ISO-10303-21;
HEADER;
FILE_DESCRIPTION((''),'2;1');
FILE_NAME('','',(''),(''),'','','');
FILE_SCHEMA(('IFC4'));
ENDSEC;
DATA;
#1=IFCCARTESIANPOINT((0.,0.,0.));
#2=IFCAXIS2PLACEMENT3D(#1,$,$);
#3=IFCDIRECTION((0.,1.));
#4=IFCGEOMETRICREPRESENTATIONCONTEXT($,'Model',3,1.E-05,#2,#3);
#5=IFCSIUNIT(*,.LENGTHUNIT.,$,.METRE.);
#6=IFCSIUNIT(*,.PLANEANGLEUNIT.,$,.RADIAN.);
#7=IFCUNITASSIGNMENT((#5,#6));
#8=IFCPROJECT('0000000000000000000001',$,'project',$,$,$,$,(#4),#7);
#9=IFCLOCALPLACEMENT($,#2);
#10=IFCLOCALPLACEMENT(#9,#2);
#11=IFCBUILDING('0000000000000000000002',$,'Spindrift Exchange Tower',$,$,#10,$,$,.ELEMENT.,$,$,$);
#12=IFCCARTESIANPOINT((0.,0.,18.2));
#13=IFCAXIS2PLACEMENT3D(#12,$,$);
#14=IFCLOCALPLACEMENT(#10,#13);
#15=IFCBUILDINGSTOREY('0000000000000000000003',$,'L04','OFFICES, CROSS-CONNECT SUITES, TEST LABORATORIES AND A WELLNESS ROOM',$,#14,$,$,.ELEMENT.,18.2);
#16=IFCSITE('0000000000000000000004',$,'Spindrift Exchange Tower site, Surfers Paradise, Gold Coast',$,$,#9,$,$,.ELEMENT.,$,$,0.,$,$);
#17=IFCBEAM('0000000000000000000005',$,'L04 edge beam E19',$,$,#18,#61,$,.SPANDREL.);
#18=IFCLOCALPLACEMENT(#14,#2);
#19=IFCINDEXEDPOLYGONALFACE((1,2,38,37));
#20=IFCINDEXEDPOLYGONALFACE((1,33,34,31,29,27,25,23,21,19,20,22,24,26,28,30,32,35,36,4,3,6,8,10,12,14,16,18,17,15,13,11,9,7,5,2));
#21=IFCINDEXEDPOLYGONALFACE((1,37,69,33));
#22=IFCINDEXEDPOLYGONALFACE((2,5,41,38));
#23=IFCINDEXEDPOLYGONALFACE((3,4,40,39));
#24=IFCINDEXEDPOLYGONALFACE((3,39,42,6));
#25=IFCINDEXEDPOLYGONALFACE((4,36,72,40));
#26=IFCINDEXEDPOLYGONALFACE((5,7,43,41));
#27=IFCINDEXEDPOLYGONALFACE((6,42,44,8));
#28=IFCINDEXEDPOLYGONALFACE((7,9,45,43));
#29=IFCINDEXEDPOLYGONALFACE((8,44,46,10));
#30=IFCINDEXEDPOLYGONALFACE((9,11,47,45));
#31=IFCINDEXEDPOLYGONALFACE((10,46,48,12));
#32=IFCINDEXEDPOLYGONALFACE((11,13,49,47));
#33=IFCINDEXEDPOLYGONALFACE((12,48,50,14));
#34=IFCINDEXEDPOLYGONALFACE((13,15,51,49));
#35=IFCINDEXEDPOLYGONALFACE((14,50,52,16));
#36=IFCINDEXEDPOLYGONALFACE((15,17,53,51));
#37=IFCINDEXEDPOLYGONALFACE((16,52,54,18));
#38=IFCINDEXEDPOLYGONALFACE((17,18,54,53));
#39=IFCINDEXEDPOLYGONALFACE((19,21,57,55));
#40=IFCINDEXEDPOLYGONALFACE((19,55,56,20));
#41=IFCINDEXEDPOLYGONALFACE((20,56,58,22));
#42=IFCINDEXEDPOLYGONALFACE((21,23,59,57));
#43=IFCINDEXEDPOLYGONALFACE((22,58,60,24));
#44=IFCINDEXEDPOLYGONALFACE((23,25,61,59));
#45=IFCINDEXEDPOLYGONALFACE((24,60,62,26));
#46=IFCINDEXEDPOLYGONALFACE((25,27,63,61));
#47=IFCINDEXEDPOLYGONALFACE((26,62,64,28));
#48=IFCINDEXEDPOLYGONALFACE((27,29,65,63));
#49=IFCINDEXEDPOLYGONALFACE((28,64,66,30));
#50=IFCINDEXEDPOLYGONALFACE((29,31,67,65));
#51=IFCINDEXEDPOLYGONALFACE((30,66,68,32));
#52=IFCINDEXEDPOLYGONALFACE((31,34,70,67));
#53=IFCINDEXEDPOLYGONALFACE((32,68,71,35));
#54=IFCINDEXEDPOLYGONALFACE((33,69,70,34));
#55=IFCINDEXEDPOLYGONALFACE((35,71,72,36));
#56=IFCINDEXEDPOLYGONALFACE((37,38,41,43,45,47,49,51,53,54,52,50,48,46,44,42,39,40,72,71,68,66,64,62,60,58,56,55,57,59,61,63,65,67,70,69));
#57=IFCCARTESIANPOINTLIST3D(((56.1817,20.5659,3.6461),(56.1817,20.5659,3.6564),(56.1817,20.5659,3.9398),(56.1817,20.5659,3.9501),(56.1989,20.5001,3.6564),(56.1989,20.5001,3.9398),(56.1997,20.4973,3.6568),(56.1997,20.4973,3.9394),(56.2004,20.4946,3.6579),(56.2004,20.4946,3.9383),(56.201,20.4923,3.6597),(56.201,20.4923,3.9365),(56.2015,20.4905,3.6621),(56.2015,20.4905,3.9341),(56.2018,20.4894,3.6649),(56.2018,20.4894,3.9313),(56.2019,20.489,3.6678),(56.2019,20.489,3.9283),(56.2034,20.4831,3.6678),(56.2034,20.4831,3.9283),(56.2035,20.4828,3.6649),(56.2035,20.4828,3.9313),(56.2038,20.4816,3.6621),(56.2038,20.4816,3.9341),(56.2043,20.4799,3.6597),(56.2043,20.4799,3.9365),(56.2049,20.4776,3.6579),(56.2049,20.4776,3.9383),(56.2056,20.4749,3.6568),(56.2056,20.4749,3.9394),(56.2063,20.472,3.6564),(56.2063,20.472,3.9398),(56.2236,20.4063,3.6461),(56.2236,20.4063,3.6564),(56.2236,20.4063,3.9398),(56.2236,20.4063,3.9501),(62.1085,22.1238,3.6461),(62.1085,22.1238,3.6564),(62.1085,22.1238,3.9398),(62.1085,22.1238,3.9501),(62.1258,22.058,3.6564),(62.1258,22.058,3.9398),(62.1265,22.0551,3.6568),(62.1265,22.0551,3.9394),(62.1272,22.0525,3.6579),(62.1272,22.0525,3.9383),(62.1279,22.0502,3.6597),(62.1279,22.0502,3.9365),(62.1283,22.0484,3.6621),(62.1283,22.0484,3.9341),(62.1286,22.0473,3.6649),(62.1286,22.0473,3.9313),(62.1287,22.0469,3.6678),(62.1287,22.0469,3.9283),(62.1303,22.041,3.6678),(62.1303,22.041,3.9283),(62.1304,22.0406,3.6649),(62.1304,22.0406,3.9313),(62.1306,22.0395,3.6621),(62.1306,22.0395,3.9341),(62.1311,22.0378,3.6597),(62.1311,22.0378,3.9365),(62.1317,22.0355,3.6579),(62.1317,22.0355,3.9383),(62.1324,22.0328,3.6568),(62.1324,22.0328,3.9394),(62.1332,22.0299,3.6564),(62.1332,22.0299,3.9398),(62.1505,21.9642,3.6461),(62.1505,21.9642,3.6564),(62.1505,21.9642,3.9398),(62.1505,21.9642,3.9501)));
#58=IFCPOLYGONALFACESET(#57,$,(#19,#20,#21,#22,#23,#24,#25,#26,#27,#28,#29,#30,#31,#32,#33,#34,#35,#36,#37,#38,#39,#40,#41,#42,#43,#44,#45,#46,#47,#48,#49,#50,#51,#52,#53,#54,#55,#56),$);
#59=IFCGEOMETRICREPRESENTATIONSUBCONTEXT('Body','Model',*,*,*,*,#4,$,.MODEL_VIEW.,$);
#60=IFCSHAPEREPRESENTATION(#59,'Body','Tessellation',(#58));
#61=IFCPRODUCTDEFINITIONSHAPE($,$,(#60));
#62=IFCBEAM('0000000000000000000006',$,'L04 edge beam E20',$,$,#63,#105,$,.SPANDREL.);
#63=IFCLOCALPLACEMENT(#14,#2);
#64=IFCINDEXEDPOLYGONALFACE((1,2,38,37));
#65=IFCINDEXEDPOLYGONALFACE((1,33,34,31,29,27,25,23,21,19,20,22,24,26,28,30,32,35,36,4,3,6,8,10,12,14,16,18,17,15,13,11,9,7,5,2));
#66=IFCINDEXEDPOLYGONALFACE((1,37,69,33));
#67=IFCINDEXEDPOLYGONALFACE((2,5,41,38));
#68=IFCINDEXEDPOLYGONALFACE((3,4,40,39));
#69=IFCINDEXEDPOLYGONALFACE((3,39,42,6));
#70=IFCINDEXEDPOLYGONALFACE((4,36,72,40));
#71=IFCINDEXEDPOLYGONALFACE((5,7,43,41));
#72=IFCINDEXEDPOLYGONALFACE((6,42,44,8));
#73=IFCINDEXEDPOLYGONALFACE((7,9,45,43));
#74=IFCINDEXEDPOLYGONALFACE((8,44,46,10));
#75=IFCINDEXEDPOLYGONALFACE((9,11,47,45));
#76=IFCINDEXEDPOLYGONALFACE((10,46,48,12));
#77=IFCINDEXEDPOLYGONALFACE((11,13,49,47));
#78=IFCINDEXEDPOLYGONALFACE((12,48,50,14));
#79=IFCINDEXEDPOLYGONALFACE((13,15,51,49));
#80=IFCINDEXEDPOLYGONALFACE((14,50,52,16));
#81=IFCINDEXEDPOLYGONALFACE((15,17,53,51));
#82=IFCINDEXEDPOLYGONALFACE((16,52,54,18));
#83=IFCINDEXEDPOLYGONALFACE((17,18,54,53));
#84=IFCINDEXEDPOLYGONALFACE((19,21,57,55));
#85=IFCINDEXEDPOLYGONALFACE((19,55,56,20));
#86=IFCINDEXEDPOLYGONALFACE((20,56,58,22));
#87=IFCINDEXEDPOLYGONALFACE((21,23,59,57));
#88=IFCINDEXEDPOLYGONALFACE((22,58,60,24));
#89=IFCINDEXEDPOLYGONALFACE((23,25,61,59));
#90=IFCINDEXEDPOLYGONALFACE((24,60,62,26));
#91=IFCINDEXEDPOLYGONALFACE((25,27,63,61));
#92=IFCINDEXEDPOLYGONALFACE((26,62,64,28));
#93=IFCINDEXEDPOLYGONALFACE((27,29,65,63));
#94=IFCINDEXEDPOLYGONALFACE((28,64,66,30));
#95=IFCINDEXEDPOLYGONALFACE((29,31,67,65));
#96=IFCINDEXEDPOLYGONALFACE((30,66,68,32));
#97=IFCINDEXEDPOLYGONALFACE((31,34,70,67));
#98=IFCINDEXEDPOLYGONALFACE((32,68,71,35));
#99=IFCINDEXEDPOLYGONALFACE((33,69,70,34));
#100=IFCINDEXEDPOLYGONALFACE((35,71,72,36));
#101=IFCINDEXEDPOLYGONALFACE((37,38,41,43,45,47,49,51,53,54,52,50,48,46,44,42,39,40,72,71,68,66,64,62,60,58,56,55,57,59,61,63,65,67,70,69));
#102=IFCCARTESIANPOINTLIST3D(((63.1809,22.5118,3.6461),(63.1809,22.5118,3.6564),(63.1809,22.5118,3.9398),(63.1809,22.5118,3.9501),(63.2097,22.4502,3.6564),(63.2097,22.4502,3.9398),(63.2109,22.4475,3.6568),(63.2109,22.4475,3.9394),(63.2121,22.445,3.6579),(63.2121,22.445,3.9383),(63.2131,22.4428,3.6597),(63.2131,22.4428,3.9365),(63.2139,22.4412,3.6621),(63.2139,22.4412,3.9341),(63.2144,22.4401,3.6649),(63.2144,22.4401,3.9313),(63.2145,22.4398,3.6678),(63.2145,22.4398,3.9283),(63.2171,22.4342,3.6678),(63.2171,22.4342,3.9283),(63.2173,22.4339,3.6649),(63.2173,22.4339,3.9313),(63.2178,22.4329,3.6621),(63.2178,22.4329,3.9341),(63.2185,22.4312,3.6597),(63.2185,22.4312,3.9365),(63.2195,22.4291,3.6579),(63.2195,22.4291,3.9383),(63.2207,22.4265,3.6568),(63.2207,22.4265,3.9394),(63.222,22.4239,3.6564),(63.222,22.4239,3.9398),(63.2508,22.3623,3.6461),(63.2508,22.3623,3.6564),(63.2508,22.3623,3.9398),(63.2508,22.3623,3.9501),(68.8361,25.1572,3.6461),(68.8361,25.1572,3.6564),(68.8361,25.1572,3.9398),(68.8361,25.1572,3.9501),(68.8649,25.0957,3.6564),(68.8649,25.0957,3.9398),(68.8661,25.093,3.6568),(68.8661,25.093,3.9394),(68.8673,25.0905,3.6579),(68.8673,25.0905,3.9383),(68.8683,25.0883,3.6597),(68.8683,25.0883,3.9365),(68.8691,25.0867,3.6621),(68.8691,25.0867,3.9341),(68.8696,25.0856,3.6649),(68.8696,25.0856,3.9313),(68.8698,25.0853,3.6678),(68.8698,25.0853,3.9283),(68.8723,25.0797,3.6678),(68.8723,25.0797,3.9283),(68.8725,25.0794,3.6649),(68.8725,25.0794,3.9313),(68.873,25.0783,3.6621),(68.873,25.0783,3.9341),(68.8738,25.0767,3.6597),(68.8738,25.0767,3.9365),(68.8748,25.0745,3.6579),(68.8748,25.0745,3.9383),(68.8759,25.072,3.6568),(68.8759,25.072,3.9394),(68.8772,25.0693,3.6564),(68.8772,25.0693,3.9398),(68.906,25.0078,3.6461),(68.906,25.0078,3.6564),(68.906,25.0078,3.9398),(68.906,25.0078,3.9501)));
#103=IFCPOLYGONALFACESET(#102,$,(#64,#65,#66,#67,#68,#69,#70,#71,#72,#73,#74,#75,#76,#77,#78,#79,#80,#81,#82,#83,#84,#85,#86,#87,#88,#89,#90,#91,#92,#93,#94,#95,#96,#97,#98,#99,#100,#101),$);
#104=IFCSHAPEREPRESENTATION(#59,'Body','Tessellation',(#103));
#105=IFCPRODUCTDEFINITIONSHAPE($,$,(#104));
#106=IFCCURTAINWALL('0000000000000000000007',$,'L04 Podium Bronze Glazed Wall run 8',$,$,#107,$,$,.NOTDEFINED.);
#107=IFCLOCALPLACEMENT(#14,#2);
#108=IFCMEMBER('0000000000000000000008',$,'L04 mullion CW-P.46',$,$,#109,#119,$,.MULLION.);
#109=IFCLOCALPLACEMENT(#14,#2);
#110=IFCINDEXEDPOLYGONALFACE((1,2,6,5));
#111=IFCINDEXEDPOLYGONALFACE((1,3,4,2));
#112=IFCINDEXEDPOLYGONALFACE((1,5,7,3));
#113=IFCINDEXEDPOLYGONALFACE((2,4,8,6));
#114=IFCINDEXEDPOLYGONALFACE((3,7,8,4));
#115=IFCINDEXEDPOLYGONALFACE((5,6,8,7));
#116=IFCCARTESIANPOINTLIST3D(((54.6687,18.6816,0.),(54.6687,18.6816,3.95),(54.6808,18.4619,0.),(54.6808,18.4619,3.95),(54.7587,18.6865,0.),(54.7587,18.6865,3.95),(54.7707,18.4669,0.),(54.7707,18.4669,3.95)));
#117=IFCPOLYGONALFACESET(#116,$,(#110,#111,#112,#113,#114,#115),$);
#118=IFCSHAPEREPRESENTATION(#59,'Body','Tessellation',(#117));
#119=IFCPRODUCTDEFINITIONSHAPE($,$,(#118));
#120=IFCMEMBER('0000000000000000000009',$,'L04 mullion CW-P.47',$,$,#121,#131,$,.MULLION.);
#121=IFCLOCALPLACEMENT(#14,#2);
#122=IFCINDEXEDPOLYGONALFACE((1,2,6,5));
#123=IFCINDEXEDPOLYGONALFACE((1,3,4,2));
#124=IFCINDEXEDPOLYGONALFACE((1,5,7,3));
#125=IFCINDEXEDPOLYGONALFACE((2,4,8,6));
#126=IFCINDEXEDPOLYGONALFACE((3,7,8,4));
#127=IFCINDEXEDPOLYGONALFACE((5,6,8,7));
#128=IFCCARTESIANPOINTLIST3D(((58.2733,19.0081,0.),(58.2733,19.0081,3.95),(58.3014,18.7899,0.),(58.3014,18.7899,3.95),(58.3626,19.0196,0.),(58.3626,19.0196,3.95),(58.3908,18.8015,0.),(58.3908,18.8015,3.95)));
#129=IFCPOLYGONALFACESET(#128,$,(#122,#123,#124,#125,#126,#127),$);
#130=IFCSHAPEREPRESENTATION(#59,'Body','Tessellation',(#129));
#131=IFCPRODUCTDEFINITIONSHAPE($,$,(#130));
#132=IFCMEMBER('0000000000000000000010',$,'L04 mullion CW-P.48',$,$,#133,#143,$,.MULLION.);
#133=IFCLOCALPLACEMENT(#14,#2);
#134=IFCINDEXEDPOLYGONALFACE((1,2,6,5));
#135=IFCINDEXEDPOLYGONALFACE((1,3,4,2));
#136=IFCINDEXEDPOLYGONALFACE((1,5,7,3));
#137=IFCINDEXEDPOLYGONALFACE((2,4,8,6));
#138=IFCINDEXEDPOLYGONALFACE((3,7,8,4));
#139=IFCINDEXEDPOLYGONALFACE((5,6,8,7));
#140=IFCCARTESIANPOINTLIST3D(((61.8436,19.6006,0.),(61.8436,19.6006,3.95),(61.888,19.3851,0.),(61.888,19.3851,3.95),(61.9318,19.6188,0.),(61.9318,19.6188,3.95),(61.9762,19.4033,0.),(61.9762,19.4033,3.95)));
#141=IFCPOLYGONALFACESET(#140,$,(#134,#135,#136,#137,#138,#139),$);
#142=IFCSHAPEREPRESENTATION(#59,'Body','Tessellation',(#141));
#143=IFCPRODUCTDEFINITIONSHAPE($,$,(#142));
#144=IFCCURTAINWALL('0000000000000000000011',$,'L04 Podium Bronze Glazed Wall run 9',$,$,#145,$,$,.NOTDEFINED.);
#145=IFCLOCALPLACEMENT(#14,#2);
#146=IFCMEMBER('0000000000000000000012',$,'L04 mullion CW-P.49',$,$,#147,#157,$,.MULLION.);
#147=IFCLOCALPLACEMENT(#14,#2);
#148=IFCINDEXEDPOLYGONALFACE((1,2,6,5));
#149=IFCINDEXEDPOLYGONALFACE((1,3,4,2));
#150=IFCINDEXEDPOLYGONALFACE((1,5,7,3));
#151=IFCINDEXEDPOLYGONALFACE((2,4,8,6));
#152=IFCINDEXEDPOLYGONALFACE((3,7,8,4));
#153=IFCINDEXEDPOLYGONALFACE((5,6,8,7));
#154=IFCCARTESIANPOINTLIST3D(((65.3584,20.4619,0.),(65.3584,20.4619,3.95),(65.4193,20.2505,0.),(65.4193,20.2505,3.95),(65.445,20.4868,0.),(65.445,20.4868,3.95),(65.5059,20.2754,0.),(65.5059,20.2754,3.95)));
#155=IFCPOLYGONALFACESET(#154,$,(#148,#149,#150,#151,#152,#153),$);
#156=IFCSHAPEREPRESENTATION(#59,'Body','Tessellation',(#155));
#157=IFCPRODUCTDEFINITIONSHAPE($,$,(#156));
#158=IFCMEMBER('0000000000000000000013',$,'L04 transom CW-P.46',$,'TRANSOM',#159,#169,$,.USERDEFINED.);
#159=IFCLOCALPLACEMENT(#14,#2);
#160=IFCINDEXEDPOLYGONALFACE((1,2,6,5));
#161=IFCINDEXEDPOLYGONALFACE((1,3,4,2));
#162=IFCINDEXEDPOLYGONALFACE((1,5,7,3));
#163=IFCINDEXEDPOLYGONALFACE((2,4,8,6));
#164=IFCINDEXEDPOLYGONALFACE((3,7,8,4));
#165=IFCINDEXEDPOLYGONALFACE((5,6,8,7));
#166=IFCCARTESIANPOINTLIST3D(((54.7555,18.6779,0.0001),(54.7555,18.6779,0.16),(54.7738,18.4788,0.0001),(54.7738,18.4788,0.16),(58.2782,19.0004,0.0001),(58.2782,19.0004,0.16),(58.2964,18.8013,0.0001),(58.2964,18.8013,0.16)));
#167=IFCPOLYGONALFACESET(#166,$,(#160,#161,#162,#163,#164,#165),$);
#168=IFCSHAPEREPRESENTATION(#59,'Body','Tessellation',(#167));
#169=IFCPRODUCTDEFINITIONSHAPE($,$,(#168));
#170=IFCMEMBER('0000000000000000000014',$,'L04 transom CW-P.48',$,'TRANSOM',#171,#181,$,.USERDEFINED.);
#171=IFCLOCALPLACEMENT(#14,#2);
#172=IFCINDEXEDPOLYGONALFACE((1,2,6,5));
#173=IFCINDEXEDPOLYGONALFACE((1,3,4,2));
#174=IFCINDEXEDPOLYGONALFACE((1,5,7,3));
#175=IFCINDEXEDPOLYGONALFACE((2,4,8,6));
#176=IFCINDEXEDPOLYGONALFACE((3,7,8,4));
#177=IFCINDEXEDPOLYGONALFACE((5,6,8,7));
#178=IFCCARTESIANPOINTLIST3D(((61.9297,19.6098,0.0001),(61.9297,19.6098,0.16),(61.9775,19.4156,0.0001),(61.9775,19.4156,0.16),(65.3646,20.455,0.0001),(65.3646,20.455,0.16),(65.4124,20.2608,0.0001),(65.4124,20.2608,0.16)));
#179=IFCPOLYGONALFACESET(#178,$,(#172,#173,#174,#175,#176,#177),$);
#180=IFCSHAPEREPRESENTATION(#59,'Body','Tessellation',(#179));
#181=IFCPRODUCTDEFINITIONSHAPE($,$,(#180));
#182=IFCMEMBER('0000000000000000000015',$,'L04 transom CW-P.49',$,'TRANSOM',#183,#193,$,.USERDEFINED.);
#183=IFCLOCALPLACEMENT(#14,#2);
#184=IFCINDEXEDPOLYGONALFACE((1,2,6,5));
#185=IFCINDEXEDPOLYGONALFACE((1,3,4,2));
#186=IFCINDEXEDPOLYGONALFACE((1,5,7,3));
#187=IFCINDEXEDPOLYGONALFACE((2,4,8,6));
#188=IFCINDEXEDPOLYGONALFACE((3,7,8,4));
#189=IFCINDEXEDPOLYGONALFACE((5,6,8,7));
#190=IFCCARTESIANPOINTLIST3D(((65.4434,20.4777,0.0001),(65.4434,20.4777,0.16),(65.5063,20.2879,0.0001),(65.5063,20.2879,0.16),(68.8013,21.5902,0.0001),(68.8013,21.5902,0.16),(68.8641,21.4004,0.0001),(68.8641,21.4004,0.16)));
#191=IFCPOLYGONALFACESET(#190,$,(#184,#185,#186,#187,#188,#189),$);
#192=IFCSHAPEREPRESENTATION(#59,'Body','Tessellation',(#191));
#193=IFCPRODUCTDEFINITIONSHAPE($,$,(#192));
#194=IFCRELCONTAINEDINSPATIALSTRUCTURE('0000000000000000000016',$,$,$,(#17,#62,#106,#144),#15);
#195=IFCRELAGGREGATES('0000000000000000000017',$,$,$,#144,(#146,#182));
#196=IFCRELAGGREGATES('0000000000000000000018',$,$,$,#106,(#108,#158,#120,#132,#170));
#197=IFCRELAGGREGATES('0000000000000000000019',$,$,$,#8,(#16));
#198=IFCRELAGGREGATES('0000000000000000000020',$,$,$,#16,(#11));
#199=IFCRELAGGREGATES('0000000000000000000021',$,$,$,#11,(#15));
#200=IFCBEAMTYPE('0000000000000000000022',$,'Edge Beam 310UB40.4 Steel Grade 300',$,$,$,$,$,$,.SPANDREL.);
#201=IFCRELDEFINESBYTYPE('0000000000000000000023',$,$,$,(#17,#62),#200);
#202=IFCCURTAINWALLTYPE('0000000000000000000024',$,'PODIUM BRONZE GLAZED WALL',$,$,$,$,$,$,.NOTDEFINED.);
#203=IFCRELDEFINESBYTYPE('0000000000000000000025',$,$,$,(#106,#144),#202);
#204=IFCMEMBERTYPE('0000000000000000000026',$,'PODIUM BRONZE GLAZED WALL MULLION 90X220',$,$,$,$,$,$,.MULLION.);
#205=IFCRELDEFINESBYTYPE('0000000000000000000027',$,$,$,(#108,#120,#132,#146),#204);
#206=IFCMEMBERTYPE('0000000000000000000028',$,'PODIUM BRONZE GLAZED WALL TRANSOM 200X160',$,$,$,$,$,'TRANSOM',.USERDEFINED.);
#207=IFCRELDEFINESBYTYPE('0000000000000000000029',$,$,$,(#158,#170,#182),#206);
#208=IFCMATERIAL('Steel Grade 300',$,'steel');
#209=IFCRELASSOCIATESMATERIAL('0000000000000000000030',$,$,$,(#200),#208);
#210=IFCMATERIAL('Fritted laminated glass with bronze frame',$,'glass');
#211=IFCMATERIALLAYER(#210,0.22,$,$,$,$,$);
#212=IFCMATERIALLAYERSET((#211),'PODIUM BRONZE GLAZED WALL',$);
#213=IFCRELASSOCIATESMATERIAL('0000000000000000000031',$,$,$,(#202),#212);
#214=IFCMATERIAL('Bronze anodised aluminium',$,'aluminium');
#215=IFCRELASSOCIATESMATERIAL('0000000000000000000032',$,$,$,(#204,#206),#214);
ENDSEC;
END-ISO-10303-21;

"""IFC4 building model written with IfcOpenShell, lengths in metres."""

from ifc_helpers import new_model, si_unit, direction, frame, origin, origin_2d, place, context, subcontext, project, spatial, rectangle, i_section, extrude, source, transform, mapped, material, layer, layer_set, material_profile, profile_set, type_object, element, aggregate, save


model = new_model("IFC4")

# Units and contexts
model_context = context("Model", 3, precision=1e-05, world=origin(), true_north=direction((0.0, 1.0)))
body_context = subcontext(model_context, "Body", "Model", "MODEL_VIEW")
ifc_project = project(units=[si_unit("LENGTHUNIT", "METRE"), si_unit("PLANEANGLEUNIT", "RADIAN")], contexts=[model_context])

# Site, building, storey
site_placement = place(None, origin())
site = spatial("IfcSite", under=ifc_project, at=site_placement, Name="Spindrift Exchange Tower site, Surfers Paradise, Gold Coast", CompositionType="ELEMENT", RefElevation=0.0)
building_placement = place(site_placement, origin())
building = spatial("IfcBuilding", under=site, at=building_placement, Name="Spindrift Exchange Tower", CompositionType="ELEMENT")
storey_placement = place(building_placement, frame((0.0, 0.0, 18.2)))
storey = spatial("IfcBuildingStorey", under=building, at=storey_placement, Name="L04", Description="OFFICES, CROSS-CONNECT SUITES, TEST LABORATORIES AND A WELLNESS ROOM", CompositionType="ELEMENT", Elevation=18.2)

# Beams
ifc_material_1 = material(Name="Steel Grade 300", Category="steel")
ifc_material_profile_1 = material_profile(ifc_material_1, i_section(OverallWidth=0.165, OverallDepth=0.304, WebThickness=0.0061, FlangeThickness=0.0103, FilletRadius=0.0115, at=origin_2d()), Name="310UB40.4")
ifc_profile_set_1 = profile_set([ifc_material_profile_1], Name="Steel Grade 300")
beam_type_1 = type_object("IfcBeamType", Name="Edge Beam 310UB40.4 Steel Grade 300", PredefinedType="SPANDREL", material=ifc_profile_set_1)
shared_shape_1 = source(origin(), body_context, "Body", "SweptSolid", [
    extrude(i_section(OverallWidth=0.165, OverallDepth=0.304, WebThickness=0.0061, FlangeThickness=0.0103, FilletRadius=0.0115, at=origin_2d()), origin(), (0.0, 0.0, 1.0), 6.1282),
])
beam_1_placement = place(storey_placement, frame((56.2026, 20.4861, 3.7981), z_axis=(0.967147, 0.254217, 0.0), x_axis=(-0.254217, 0.967147, 0.0)))
element("IfcBeam", 1, at=beam_1_placement, inside=storey, type_object=beam_type_1, Name="L04 edge beam E19", PredefinedType="SPANDREL", context=body_context, shape_type="MappedRepresentation", body=[
    mapped(shared_shape_1, transform((0.0, 0.0, 0.0), scale=1.0)),
])
shared_shape_2 = source(origin(), body_context, "Body", "SweptSolid", [
    extrude(i_section(OverallWidth=0.165, OverallDepth=0.304, WebThickness=0.0061, FlangeThickness=0.0103, FilletRadius=0.0115, at=origin_2d()), origin(), (0.0, 0.0, 1.0), 6.2434),
])
beam_2_placement = place(storey_placement, frame((63.2158, 22.437, 3.7981), z_axis=(0.905791, 0.423724, 0.0), x_axis=(-0.423724, 0.905791, 0.0)))
element("IfcBeam", 2, at=beam_2_placement, inside=storey, type_object=beam_type_1, Name="L04 edge beam E20", PredefinedType="SPANDREL", context=body_context, shape_type="MappedRepresentation", body=[
    mapped(shared_shape_2, transform((0.0, 0.0, 0.0), scale=1.0)),
])

# Curtain wall, members
ifc_material_2 = material(Name="Fritted laminated glass with bronze frame", Category="glass")
ifc_layer_1 = layer(ifc_material_2, 0.22)
ifc_layer_set_1 = layer_set([ifc_layer_1], Name="PODIUM BRONZE GLAZED WALL")
curtain_wall_type = type_object("IfcCurtainWallType", Name="PODIUM BRONZE GLAZED WALL", PredefinedType="NOTDEFINED", material=ifc_layer_set_1)
curtain_wall_1_placement = place(storey_placement, origin())
curtain_wall_1 = element("IfcCurtainWall", 3, at=curtain_wall_1_placement, inside=storey, type_object=curtain_wall_type, Name="L04 Podium Bronze Glazed Wall run 8", PredefinedType="NOTDEFINED")
ifc_material_3 = material(Name="Bronze anodised aluminium", Category="aluminium")
ifc_material_profile_2 = material_profile(ifc_material_3, rectangle(XDim=0.0901, YDim=0.22, at=origin_2d()), Name="PODIUM BRONZE GLAZED WALL MULLION 90X220")
ifc_profile_set_2 = profile_set([ifc_material_profile_2], Name="Bronze anodised aluminium")
member_type_1 = type_object("IfcMemberType", Name="PODIUM BRONZE GLAZED WALL MULLION 90X220", PredefinedType="MULLION", material=ifc_profile_set_2)
shared_shape_3 = source(origin(), body_context, "Body", "SweptSolid", [
    extrude(rectangle(XDim=0.0901, YDim=0.22, at=origin_2d()), origin(), (0.0, 0.0, 1.0), 3.95),
])
member_1_placement = place(storey_placement, frame((54.7197, 18.5742, 0.0), z_axis=(0.0, 0.0, 1.0), x_axis=(0.998503, 0.054704, 0.0)))
member_1 = element("IfcMember", 4, at=member_1_placement, type_object=member_type_1, Name="L04 mullion CW-P.46", PredefinedType="MULLION", context=body_context, shape_type="MappedRepresentation", body=[
    mapped(shared_shape_3, transform((0.0, 0.0, 0.0), scale=1.0)),
])
member_2_placement = place(storey_placement, frame((58.332, 18.9048, 0.0), z_axis=(0.0, 0.0, 1.0), x_axis=(0.991779, 0.127962, 0.0)))
member_2 = element("IfcMember", 5, at=member_2_placement, type_object=member_type_1, Name="L04 mullion CW-P.47", PredefinedType="MULLION", context=body_context, shape_type="MappedRepresentation", body=[
    mapped(shared_shape_3, transform((0.0, 0.0, 0.0), scale=1.0)),
])
member_3_placement = place(storey_placement, frame((61.9099, 19.502, 0.0), z_axis=(0.0, 0.0, 1.0), x_axis=(0.979402, 0.20192, 0.0)))
member_3 = element("IfcMember", 6, at=member_3_placement, type_object=member_type_1, Name="L04 mullion CW-P.48", PredefinedType="MULLION", context=body_context, shape_type="MappedRepresentation", body=[
    mapped(shared_shape_3, transform((0.0, 0.0, 0.0), scale=1.0)),
])

# Curtain wall, member
curtain_wall_2_placement = place(storey_placement, origin())
curtain_wall_2 = element("IfcCurtainWall", 7, at=curtain_wall_2_placement, inside=storey, type_object=curtain_wall_type, Name="L04 Podium Bronze Glazed Wall run 9", PredefinedType="NOTDEFINED")
member_4_placement = place(storey_placement, frame((65.4321, 20.3687, 0.0), z_axis=(0.0, 0.0, 1.0), x_axis=(0.960884, 0.27695, 0.0)))
member_4 = element("IfcMember", 8, at=member_4_placement, type_object=member_type_1, Name="L04 mullion CW-P.49", PredefinedType="MULLION", context=body_context, shape_type="MappedRepresentation", body=[
    mapped(shared_shape_3, transform((0.0, 0.0, 0.0), scale=1.0)),
])

# Members
ifc_material_profile_3 = material_profile(ifc_material_3, rectangle(XDim=0.2, YDim=0.1599, at=origin_2d()), Name="PODIUM BRONZE GLAZED WALL TRANSOM 200X160")
ifc_profile_set_3 = profile_set([ifc_material_profile_3], Name="Bronze anodised aluminium")
member_type_2 = type_object("IfcMemberType", Name="PODIUM BRONZE GLAZED WALL TRANSOM 200X160", ElementType="TRANSOM", PredefinedType="USERDEFINED", material=ifc_profile_set_3)
shared_shape_4 = source(origin(), body_context, "Body", "SweptSolid", [
    extrude(rectangle(XDim=0.2, YDim=0.1599, at=origin_2d()), origin(), (0.0, 0.0, 1.0), 3.5374),
])
member_5_placement = place(storey_placement, frame((54.7646, 18.5784, 0.0801), z_axis=(0.995835, 0.09117, 0.0), x_axis=(-0.09117, 0.995835, 0.0)))
member_5 = element("IfcMember", 9, at=member_5_placement, type_object=member_type_2, Name="L04 transom CW-P.46", ObjectType="TRANSOM", PredefinedType="USERDEFINED", context=body_context, shape_type="MappedRepresentation", body=[
    mapped(shared_shape_4, transform((0.0, 0.0, 0.0), scale=1.0)),
])
member_6_placement = place(storey_placement, frame((61.9536, 19.5127, 0.0801), z_axis=(0.971033, 0.238945, 0.0), x_axis=(-0.238945, 0.971033, 0.0)))
member_6 = element("IfcMember", 10, at=member_6_placement, type_object=member_type_2, Name="L04 transom CW-P.48", ObjectType="TRANSOM", PredefinedType="USERDEFINED", context=body_context, shape_type="MappedRepresentation", body=[
    mapped(shared_shape_4, transform((0.0, 0.0, 0.0), scale=1.0)),
])
member_7_placement = place(storey_placement, frame((65.4749, 20.3828, 0.0801), z_axis=(0.949255, 0.314509, 0.0), x_axis=(-0.314509, 0.949255, 0.0)))
member_7 = element("IfcMember", 11, at=member_7_placement, type_object=member_type_2, Name="L04 transom CW-P.49", ObjectType="TRANSOM", PredefinedType="USERDEFINED", context=body_context, shape_type="MappedRepresentation", body=[
    mapped(shared_shape_4, transform((0.0, 0.0, 0.0), scale=1.0)),
])
aggregate(curtain_wall_2, [member_4, member_7])

aggregate(curtain_wall_1, [member_1, member_5, member_2, member_3, member_6])

save(model, "model.ifc")
